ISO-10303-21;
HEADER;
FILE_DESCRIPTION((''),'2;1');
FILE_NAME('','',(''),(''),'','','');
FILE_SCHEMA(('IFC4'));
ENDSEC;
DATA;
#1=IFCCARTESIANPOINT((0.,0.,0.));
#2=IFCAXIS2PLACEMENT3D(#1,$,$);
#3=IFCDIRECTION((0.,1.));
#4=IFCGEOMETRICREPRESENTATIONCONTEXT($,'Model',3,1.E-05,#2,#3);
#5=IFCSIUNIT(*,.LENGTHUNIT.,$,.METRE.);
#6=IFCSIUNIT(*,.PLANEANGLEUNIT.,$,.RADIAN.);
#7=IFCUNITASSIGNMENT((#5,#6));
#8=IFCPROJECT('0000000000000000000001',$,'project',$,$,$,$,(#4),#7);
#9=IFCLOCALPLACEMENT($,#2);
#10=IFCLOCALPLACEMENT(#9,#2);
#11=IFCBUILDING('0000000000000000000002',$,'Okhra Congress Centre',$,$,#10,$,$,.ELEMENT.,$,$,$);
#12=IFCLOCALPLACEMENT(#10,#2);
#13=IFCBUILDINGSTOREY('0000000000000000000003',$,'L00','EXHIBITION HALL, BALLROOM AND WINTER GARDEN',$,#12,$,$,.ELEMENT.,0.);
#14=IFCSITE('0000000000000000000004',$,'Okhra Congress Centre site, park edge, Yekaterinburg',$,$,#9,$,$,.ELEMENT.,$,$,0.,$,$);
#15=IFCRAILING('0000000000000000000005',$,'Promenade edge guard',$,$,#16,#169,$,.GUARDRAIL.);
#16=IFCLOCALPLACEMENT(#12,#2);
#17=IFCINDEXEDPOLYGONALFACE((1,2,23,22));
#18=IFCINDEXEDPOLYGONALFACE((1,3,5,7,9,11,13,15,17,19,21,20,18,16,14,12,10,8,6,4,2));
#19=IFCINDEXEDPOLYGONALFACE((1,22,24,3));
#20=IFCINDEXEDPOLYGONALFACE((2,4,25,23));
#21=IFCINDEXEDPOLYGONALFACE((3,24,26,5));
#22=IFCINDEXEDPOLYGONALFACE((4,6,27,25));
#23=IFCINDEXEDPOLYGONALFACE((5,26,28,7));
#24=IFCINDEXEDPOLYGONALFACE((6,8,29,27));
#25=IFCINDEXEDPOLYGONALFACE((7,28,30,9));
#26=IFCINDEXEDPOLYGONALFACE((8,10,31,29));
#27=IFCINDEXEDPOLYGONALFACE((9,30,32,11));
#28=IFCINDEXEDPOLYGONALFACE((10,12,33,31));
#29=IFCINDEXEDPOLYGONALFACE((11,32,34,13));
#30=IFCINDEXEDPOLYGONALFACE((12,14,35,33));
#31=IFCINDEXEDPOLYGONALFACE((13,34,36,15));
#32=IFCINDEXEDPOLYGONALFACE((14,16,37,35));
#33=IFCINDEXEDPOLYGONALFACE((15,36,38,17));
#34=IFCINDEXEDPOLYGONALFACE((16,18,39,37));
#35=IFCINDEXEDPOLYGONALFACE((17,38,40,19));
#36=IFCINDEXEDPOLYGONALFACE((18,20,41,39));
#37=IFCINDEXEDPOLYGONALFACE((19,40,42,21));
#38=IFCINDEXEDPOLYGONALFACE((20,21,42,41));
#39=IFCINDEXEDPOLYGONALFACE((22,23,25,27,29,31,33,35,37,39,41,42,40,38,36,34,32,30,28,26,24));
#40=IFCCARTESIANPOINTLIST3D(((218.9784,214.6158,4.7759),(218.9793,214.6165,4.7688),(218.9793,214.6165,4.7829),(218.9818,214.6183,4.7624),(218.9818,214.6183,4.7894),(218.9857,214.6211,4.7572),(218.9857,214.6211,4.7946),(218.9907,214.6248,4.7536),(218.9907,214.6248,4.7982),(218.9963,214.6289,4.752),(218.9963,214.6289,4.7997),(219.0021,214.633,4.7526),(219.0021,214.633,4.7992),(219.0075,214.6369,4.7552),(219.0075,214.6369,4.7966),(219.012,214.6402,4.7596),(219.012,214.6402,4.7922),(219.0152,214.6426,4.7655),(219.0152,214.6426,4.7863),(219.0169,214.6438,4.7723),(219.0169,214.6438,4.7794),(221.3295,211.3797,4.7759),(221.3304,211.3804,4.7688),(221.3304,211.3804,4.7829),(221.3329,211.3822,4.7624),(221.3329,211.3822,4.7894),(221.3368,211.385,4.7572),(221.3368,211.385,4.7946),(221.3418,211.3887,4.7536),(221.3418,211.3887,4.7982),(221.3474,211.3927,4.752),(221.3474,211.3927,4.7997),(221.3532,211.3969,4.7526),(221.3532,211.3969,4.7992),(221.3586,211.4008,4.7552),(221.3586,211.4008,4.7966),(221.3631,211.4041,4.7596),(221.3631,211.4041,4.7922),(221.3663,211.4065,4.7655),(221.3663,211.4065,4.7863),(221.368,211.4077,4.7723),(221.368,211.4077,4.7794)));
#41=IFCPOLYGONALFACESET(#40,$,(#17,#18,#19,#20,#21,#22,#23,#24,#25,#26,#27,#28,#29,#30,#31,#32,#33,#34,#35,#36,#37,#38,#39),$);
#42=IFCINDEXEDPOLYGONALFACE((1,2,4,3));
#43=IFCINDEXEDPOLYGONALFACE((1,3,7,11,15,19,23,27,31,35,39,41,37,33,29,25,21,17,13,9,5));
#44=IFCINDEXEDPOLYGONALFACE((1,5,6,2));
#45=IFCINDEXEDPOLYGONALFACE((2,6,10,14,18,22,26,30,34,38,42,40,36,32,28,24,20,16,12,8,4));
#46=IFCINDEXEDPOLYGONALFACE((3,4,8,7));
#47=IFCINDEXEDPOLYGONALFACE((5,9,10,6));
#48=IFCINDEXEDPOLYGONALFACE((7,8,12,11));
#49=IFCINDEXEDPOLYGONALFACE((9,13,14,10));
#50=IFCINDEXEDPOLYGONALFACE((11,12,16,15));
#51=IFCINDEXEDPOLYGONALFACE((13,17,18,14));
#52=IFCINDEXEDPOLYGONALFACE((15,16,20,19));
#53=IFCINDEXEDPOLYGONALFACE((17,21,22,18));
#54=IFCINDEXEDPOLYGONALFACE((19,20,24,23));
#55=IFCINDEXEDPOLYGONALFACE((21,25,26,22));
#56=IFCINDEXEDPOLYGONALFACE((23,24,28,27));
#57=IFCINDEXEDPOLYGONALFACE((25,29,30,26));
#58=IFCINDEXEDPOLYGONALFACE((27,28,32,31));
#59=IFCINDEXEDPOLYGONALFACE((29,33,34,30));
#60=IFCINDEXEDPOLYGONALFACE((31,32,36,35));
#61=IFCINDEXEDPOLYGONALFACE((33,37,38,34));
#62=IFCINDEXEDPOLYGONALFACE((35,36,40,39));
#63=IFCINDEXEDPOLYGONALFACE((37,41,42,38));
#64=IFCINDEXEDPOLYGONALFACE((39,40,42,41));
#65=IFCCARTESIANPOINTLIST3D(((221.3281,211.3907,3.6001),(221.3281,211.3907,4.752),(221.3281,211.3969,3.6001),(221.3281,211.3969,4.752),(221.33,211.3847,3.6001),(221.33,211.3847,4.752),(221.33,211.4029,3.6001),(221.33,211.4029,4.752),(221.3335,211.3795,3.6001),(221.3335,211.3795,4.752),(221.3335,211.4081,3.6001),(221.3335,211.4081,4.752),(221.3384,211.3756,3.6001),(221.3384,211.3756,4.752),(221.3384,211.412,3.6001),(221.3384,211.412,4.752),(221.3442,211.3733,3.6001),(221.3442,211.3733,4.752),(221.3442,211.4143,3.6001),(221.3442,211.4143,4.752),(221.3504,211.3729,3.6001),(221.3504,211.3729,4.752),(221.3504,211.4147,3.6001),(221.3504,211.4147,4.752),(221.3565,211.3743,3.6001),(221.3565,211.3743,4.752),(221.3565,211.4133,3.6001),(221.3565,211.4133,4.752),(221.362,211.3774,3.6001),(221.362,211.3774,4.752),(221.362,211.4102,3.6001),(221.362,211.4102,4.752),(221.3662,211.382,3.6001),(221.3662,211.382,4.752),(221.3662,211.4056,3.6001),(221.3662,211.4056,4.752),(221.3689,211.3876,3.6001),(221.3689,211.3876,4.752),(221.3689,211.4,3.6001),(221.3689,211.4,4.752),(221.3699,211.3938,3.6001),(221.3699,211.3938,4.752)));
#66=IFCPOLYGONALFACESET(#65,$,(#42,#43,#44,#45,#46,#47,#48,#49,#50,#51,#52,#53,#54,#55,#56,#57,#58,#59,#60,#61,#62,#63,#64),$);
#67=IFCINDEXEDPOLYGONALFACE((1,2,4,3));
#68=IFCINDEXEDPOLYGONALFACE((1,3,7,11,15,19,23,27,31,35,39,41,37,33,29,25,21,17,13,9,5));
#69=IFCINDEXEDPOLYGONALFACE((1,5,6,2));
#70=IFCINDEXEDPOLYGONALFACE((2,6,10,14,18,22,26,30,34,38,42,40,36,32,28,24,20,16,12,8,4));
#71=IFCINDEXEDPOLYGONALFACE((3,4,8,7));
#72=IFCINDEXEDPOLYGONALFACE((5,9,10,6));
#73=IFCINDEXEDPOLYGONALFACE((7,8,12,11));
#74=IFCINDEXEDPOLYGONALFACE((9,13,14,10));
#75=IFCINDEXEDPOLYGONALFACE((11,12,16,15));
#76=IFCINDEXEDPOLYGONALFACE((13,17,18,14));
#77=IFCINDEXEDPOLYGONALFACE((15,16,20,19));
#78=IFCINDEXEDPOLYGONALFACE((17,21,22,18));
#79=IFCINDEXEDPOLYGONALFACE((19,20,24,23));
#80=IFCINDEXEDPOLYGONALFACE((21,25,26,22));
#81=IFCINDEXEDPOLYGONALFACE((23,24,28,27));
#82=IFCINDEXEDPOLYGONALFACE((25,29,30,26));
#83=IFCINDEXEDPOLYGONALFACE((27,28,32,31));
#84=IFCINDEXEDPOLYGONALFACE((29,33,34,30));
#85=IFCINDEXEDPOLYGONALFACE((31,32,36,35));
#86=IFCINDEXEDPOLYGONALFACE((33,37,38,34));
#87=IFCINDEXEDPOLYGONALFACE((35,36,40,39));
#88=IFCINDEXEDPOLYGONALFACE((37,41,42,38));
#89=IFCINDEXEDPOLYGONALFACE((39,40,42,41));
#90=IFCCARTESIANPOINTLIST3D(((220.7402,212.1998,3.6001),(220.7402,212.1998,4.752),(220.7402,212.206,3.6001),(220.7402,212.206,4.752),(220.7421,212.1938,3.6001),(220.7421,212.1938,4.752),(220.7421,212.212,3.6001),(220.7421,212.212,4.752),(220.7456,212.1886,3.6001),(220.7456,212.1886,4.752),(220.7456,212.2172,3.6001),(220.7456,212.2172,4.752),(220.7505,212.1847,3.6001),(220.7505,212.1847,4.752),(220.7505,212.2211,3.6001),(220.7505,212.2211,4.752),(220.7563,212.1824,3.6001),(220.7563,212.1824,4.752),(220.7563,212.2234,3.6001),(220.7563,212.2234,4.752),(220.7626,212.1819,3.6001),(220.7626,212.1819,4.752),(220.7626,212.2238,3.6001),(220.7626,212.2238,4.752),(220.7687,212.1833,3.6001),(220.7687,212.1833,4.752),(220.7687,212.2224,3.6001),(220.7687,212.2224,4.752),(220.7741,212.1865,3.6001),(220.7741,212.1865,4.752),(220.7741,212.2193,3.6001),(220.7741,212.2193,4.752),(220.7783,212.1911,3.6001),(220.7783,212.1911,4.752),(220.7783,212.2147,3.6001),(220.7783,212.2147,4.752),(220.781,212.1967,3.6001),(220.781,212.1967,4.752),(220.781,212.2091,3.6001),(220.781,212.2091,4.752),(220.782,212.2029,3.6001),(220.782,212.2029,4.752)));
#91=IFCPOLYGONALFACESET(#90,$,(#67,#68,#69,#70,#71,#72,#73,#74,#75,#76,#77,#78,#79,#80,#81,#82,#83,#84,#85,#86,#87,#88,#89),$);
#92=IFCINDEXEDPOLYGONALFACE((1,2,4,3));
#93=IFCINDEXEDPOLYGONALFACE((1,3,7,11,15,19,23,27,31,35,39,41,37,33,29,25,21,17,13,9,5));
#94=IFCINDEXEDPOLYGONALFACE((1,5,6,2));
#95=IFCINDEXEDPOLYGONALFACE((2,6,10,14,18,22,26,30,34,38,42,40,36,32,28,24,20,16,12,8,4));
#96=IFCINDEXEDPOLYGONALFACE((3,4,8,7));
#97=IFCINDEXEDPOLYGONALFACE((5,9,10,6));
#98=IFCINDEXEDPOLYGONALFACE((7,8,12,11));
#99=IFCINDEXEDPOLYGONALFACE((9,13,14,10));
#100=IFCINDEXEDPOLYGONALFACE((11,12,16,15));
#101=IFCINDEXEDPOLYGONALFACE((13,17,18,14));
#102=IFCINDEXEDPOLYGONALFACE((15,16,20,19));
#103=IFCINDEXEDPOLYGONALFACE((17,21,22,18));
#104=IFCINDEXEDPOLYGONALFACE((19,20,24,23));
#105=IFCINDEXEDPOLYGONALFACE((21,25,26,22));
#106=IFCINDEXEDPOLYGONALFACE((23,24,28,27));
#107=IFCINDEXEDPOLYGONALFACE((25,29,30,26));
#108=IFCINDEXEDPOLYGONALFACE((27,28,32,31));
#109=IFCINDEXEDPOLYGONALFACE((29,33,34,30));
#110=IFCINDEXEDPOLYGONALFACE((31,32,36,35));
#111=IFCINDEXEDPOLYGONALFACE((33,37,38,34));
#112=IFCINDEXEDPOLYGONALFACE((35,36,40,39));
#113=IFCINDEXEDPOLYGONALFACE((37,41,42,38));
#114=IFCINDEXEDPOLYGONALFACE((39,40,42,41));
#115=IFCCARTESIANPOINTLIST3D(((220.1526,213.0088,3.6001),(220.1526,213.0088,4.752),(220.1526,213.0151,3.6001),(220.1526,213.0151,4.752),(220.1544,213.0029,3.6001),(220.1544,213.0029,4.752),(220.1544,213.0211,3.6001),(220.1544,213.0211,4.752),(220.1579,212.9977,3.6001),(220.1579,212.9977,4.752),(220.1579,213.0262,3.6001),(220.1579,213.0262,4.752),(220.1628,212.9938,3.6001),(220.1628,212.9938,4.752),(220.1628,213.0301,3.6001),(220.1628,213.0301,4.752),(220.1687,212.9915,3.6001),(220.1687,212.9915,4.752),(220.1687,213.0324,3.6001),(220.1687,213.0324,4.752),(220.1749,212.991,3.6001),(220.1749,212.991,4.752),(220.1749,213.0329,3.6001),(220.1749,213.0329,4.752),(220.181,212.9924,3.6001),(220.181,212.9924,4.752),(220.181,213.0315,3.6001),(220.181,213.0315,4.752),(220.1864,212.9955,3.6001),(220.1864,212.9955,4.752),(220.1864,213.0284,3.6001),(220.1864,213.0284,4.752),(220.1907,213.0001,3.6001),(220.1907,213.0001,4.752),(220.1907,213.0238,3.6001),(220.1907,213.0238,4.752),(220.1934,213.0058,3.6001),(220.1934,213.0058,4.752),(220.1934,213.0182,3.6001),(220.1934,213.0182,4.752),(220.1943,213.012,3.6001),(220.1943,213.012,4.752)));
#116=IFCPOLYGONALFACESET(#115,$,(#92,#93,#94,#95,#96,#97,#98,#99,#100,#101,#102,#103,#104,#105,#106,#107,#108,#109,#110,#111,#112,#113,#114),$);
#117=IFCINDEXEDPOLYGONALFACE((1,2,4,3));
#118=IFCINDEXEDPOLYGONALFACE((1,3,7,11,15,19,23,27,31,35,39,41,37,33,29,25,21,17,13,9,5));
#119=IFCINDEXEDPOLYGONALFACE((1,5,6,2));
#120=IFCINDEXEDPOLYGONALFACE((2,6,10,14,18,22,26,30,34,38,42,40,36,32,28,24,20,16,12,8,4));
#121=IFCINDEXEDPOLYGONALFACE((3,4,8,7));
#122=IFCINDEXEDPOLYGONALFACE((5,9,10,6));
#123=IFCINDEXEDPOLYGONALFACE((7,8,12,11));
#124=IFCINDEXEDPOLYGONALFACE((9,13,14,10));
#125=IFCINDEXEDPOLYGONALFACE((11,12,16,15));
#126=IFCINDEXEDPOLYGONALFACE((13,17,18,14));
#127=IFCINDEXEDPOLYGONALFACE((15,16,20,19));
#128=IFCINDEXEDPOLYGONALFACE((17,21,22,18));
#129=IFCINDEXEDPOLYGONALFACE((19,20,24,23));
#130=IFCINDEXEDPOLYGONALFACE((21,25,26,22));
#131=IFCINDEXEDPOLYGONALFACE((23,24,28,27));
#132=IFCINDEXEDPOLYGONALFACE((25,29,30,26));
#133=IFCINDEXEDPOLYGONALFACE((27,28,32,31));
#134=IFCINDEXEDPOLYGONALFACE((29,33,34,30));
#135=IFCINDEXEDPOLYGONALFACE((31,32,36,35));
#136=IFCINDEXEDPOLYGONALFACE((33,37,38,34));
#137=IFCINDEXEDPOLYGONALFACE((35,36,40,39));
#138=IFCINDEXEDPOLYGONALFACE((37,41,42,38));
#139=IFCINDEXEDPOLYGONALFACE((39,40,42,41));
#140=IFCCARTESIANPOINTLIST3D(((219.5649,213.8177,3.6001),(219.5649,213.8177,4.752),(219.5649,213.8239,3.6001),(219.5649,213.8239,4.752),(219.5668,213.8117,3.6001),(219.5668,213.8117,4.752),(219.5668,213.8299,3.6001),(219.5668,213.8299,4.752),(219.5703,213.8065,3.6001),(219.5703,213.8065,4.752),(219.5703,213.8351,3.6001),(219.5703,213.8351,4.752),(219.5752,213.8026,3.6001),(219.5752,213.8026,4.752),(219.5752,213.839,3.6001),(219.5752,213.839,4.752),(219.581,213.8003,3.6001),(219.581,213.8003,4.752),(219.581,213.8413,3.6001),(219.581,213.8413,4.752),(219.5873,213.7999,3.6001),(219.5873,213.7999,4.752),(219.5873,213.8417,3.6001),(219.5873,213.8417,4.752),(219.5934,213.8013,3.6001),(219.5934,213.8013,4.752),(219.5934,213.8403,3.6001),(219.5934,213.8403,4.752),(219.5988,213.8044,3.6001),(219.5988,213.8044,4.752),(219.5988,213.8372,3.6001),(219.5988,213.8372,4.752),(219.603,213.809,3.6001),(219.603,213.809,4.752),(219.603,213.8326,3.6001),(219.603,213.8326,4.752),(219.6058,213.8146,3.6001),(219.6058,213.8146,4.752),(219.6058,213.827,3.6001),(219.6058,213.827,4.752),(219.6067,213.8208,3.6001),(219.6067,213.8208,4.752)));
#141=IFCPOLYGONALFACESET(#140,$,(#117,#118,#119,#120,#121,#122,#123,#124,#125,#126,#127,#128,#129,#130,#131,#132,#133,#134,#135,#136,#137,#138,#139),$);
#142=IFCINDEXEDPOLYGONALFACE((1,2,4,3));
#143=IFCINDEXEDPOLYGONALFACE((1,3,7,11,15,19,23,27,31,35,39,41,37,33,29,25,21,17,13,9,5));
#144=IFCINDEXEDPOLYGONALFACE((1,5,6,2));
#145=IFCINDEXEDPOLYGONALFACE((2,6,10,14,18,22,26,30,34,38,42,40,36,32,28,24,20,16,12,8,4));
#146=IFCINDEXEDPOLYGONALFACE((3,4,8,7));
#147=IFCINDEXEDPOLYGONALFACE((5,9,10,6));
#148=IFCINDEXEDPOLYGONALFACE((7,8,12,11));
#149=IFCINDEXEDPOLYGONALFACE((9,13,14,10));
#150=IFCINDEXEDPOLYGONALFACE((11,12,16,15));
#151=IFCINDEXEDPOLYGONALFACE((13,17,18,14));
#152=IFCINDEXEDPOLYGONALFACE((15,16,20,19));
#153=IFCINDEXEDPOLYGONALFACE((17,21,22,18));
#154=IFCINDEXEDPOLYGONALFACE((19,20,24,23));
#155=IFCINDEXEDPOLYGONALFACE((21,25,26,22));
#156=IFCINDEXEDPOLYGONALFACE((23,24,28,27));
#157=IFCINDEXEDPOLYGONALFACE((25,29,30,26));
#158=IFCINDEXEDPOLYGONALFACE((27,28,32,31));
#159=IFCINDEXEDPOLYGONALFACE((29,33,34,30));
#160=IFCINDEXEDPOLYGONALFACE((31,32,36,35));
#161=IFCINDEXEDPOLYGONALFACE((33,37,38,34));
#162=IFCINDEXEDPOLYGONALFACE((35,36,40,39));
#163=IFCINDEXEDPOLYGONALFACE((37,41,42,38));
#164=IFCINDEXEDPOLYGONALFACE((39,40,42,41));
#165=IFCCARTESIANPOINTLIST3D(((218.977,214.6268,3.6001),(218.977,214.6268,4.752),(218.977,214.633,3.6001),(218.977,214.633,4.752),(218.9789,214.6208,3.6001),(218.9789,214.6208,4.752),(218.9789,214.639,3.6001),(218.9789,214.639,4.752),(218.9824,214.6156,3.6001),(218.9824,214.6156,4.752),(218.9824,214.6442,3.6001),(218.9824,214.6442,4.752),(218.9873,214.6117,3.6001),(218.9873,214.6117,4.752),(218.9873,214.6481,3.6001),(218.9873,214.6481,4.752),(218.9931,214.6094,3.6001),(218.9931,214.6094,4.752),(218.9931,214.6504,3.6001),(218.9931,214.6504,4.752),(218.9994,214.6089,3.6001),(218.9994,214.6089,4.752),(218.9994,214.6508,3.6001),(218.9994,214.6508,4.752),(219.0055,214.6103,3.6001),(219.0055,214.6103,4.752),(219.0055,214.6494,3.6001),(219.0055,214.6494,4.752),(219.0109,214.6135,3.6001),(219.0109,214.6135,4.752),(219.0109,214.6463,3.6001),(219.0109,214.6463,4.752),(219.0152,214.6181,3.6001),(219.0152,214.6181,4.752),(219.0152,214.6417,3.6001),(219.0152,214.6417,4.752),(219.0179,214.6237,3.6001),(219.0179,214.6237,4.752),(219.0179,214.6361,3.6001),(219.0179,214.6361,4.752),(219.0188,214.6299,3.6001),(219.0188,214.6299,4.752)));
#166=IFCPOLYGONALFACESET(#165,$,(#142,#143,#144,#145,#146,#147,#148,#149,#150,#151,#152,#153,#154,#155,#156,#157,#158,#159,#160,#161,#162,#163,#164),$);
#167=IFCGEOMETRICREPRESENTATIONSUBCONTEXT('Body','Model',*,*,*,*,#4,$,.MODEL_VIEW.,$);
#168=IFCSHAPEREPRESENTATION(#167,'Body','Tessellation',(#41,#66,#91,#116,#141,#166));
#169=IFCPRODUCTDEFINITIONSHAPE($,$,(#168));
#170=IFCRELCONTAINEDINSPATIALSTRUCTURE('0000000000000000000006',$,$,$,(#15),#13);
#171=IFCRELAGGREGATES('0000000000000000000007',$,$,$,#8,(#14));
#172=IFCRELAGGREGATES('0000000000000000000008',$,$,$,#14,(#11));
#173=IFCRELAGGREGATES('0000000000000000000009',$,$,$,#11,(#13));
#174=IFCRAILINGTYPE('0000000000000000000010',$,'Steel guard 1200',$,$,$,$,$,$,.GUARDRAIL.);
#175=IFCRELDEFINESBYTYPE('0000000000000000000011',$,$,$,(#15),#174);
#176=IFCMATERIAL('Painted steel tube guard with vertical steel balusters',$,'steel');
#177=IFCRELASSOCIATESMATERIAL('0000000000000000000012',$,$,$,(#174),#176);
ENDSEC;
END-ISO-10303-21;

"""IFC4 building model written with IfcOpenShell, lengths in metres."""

from ifc_helpers import new_model, si_unit, direction, frame, origin, origin_2d, place, context, subcontext, project, spatial, circle, extrude, material, type_object, element, save


model = new_model("IFC4")

# Units and contexts
model_context = context("Model", 3, precision=1e-05, world=origin(), true_north=direction((0.0, 1.0)))
body_context = subcontext(model_context, "Body", "Model", "MODEL_VIEW")
ifc_project = project(units=[si_unit("LENGTHUNIT", "METRE"), si_unit("PLANEANGLEUNIT", "RADIAN")], contexts=[model_context])

# Site, building, storey
site_placement = place(None, origin())
site = spatial("IfcSite", under=ifc_project, at=site_placement, Name="Okhra Congress Centre site, park edge, Yekaterinburg", CompositionType="ELEMENT", RefElevation=0.0)
building_placement = place(site_placement, origin())
building = spatial("IfcBuilding", under=site, at=building_placement, Name="Okhra Congress Centre", CompositionType="ELEMENT")
storey_placement = place(building_placement, origin())
storey = spatial("IfcBuildingStorey", under=building, at=storey_placement, Name="L00", Description="EXHIBITION HALL, BALLROOM AND WINTER GARDEN", CompositionType="ELEMENT", Elevation=0.0)

# Railing
ifc_material_1 = material(Name="Painted steel tube guard with vertical steel balusters", Category="steel")
railing_type_1 = type_object("IfcRailingType", Name="Steel guard 1200", PredefinedType="GUARDRAIL", material=ifc_material_1)
railing_1_placement = place(storey_placement, frame((221.3489, 211.3938, 3.6001)))
element("IfcRailing", 1, at=railing_1_placement, inside=storey, type_object=railing_type_1, Name="Promenade edge guard", PredefinedType="GUARDRAIL", context=body_context, shape_type="SweptSolid", body=[
    extrude(circle(Radius=0.0239, at=origin_2d()), frame((0.0, 0.0, 1.1758), z_axis=(-0.587772, 0.809026, 0.0), x_axis=(-0.809026, -0.587772, 0.0)), (0.0, 0.0, 1.0), 4.0),
    extrude(circle(Radius=0.021, at=origin_2d()), origin(), (0.0, 0.0, 1.0), 1.1519),
    extrude(circle(Radius=0.021, at=origin_2d()), frame((-0.5879, 0.8091, 0.0)), (0.0, 0.0, 1.0), 1.1519),
    extrude(circle(Radius=0.021, at=origin_2d()), frame((-1.1755, 1.6182, 0.0)), (0.0, 0.0, 1.0), 1.1519),
    extrude(circle(Radius=0.021, at=origin_2d()), frame((-1.7632, 2.427, 0.0)), (0.0, 0.0, 1.0), 1.1519),
    extrude(circle(Radius=0.021, at=origin_2d()), frame((-2.3511, 3.2361, 0.0)), (0.0, 0.0, 1.0), 1.1519),
])

save(model, "model.ifc")
